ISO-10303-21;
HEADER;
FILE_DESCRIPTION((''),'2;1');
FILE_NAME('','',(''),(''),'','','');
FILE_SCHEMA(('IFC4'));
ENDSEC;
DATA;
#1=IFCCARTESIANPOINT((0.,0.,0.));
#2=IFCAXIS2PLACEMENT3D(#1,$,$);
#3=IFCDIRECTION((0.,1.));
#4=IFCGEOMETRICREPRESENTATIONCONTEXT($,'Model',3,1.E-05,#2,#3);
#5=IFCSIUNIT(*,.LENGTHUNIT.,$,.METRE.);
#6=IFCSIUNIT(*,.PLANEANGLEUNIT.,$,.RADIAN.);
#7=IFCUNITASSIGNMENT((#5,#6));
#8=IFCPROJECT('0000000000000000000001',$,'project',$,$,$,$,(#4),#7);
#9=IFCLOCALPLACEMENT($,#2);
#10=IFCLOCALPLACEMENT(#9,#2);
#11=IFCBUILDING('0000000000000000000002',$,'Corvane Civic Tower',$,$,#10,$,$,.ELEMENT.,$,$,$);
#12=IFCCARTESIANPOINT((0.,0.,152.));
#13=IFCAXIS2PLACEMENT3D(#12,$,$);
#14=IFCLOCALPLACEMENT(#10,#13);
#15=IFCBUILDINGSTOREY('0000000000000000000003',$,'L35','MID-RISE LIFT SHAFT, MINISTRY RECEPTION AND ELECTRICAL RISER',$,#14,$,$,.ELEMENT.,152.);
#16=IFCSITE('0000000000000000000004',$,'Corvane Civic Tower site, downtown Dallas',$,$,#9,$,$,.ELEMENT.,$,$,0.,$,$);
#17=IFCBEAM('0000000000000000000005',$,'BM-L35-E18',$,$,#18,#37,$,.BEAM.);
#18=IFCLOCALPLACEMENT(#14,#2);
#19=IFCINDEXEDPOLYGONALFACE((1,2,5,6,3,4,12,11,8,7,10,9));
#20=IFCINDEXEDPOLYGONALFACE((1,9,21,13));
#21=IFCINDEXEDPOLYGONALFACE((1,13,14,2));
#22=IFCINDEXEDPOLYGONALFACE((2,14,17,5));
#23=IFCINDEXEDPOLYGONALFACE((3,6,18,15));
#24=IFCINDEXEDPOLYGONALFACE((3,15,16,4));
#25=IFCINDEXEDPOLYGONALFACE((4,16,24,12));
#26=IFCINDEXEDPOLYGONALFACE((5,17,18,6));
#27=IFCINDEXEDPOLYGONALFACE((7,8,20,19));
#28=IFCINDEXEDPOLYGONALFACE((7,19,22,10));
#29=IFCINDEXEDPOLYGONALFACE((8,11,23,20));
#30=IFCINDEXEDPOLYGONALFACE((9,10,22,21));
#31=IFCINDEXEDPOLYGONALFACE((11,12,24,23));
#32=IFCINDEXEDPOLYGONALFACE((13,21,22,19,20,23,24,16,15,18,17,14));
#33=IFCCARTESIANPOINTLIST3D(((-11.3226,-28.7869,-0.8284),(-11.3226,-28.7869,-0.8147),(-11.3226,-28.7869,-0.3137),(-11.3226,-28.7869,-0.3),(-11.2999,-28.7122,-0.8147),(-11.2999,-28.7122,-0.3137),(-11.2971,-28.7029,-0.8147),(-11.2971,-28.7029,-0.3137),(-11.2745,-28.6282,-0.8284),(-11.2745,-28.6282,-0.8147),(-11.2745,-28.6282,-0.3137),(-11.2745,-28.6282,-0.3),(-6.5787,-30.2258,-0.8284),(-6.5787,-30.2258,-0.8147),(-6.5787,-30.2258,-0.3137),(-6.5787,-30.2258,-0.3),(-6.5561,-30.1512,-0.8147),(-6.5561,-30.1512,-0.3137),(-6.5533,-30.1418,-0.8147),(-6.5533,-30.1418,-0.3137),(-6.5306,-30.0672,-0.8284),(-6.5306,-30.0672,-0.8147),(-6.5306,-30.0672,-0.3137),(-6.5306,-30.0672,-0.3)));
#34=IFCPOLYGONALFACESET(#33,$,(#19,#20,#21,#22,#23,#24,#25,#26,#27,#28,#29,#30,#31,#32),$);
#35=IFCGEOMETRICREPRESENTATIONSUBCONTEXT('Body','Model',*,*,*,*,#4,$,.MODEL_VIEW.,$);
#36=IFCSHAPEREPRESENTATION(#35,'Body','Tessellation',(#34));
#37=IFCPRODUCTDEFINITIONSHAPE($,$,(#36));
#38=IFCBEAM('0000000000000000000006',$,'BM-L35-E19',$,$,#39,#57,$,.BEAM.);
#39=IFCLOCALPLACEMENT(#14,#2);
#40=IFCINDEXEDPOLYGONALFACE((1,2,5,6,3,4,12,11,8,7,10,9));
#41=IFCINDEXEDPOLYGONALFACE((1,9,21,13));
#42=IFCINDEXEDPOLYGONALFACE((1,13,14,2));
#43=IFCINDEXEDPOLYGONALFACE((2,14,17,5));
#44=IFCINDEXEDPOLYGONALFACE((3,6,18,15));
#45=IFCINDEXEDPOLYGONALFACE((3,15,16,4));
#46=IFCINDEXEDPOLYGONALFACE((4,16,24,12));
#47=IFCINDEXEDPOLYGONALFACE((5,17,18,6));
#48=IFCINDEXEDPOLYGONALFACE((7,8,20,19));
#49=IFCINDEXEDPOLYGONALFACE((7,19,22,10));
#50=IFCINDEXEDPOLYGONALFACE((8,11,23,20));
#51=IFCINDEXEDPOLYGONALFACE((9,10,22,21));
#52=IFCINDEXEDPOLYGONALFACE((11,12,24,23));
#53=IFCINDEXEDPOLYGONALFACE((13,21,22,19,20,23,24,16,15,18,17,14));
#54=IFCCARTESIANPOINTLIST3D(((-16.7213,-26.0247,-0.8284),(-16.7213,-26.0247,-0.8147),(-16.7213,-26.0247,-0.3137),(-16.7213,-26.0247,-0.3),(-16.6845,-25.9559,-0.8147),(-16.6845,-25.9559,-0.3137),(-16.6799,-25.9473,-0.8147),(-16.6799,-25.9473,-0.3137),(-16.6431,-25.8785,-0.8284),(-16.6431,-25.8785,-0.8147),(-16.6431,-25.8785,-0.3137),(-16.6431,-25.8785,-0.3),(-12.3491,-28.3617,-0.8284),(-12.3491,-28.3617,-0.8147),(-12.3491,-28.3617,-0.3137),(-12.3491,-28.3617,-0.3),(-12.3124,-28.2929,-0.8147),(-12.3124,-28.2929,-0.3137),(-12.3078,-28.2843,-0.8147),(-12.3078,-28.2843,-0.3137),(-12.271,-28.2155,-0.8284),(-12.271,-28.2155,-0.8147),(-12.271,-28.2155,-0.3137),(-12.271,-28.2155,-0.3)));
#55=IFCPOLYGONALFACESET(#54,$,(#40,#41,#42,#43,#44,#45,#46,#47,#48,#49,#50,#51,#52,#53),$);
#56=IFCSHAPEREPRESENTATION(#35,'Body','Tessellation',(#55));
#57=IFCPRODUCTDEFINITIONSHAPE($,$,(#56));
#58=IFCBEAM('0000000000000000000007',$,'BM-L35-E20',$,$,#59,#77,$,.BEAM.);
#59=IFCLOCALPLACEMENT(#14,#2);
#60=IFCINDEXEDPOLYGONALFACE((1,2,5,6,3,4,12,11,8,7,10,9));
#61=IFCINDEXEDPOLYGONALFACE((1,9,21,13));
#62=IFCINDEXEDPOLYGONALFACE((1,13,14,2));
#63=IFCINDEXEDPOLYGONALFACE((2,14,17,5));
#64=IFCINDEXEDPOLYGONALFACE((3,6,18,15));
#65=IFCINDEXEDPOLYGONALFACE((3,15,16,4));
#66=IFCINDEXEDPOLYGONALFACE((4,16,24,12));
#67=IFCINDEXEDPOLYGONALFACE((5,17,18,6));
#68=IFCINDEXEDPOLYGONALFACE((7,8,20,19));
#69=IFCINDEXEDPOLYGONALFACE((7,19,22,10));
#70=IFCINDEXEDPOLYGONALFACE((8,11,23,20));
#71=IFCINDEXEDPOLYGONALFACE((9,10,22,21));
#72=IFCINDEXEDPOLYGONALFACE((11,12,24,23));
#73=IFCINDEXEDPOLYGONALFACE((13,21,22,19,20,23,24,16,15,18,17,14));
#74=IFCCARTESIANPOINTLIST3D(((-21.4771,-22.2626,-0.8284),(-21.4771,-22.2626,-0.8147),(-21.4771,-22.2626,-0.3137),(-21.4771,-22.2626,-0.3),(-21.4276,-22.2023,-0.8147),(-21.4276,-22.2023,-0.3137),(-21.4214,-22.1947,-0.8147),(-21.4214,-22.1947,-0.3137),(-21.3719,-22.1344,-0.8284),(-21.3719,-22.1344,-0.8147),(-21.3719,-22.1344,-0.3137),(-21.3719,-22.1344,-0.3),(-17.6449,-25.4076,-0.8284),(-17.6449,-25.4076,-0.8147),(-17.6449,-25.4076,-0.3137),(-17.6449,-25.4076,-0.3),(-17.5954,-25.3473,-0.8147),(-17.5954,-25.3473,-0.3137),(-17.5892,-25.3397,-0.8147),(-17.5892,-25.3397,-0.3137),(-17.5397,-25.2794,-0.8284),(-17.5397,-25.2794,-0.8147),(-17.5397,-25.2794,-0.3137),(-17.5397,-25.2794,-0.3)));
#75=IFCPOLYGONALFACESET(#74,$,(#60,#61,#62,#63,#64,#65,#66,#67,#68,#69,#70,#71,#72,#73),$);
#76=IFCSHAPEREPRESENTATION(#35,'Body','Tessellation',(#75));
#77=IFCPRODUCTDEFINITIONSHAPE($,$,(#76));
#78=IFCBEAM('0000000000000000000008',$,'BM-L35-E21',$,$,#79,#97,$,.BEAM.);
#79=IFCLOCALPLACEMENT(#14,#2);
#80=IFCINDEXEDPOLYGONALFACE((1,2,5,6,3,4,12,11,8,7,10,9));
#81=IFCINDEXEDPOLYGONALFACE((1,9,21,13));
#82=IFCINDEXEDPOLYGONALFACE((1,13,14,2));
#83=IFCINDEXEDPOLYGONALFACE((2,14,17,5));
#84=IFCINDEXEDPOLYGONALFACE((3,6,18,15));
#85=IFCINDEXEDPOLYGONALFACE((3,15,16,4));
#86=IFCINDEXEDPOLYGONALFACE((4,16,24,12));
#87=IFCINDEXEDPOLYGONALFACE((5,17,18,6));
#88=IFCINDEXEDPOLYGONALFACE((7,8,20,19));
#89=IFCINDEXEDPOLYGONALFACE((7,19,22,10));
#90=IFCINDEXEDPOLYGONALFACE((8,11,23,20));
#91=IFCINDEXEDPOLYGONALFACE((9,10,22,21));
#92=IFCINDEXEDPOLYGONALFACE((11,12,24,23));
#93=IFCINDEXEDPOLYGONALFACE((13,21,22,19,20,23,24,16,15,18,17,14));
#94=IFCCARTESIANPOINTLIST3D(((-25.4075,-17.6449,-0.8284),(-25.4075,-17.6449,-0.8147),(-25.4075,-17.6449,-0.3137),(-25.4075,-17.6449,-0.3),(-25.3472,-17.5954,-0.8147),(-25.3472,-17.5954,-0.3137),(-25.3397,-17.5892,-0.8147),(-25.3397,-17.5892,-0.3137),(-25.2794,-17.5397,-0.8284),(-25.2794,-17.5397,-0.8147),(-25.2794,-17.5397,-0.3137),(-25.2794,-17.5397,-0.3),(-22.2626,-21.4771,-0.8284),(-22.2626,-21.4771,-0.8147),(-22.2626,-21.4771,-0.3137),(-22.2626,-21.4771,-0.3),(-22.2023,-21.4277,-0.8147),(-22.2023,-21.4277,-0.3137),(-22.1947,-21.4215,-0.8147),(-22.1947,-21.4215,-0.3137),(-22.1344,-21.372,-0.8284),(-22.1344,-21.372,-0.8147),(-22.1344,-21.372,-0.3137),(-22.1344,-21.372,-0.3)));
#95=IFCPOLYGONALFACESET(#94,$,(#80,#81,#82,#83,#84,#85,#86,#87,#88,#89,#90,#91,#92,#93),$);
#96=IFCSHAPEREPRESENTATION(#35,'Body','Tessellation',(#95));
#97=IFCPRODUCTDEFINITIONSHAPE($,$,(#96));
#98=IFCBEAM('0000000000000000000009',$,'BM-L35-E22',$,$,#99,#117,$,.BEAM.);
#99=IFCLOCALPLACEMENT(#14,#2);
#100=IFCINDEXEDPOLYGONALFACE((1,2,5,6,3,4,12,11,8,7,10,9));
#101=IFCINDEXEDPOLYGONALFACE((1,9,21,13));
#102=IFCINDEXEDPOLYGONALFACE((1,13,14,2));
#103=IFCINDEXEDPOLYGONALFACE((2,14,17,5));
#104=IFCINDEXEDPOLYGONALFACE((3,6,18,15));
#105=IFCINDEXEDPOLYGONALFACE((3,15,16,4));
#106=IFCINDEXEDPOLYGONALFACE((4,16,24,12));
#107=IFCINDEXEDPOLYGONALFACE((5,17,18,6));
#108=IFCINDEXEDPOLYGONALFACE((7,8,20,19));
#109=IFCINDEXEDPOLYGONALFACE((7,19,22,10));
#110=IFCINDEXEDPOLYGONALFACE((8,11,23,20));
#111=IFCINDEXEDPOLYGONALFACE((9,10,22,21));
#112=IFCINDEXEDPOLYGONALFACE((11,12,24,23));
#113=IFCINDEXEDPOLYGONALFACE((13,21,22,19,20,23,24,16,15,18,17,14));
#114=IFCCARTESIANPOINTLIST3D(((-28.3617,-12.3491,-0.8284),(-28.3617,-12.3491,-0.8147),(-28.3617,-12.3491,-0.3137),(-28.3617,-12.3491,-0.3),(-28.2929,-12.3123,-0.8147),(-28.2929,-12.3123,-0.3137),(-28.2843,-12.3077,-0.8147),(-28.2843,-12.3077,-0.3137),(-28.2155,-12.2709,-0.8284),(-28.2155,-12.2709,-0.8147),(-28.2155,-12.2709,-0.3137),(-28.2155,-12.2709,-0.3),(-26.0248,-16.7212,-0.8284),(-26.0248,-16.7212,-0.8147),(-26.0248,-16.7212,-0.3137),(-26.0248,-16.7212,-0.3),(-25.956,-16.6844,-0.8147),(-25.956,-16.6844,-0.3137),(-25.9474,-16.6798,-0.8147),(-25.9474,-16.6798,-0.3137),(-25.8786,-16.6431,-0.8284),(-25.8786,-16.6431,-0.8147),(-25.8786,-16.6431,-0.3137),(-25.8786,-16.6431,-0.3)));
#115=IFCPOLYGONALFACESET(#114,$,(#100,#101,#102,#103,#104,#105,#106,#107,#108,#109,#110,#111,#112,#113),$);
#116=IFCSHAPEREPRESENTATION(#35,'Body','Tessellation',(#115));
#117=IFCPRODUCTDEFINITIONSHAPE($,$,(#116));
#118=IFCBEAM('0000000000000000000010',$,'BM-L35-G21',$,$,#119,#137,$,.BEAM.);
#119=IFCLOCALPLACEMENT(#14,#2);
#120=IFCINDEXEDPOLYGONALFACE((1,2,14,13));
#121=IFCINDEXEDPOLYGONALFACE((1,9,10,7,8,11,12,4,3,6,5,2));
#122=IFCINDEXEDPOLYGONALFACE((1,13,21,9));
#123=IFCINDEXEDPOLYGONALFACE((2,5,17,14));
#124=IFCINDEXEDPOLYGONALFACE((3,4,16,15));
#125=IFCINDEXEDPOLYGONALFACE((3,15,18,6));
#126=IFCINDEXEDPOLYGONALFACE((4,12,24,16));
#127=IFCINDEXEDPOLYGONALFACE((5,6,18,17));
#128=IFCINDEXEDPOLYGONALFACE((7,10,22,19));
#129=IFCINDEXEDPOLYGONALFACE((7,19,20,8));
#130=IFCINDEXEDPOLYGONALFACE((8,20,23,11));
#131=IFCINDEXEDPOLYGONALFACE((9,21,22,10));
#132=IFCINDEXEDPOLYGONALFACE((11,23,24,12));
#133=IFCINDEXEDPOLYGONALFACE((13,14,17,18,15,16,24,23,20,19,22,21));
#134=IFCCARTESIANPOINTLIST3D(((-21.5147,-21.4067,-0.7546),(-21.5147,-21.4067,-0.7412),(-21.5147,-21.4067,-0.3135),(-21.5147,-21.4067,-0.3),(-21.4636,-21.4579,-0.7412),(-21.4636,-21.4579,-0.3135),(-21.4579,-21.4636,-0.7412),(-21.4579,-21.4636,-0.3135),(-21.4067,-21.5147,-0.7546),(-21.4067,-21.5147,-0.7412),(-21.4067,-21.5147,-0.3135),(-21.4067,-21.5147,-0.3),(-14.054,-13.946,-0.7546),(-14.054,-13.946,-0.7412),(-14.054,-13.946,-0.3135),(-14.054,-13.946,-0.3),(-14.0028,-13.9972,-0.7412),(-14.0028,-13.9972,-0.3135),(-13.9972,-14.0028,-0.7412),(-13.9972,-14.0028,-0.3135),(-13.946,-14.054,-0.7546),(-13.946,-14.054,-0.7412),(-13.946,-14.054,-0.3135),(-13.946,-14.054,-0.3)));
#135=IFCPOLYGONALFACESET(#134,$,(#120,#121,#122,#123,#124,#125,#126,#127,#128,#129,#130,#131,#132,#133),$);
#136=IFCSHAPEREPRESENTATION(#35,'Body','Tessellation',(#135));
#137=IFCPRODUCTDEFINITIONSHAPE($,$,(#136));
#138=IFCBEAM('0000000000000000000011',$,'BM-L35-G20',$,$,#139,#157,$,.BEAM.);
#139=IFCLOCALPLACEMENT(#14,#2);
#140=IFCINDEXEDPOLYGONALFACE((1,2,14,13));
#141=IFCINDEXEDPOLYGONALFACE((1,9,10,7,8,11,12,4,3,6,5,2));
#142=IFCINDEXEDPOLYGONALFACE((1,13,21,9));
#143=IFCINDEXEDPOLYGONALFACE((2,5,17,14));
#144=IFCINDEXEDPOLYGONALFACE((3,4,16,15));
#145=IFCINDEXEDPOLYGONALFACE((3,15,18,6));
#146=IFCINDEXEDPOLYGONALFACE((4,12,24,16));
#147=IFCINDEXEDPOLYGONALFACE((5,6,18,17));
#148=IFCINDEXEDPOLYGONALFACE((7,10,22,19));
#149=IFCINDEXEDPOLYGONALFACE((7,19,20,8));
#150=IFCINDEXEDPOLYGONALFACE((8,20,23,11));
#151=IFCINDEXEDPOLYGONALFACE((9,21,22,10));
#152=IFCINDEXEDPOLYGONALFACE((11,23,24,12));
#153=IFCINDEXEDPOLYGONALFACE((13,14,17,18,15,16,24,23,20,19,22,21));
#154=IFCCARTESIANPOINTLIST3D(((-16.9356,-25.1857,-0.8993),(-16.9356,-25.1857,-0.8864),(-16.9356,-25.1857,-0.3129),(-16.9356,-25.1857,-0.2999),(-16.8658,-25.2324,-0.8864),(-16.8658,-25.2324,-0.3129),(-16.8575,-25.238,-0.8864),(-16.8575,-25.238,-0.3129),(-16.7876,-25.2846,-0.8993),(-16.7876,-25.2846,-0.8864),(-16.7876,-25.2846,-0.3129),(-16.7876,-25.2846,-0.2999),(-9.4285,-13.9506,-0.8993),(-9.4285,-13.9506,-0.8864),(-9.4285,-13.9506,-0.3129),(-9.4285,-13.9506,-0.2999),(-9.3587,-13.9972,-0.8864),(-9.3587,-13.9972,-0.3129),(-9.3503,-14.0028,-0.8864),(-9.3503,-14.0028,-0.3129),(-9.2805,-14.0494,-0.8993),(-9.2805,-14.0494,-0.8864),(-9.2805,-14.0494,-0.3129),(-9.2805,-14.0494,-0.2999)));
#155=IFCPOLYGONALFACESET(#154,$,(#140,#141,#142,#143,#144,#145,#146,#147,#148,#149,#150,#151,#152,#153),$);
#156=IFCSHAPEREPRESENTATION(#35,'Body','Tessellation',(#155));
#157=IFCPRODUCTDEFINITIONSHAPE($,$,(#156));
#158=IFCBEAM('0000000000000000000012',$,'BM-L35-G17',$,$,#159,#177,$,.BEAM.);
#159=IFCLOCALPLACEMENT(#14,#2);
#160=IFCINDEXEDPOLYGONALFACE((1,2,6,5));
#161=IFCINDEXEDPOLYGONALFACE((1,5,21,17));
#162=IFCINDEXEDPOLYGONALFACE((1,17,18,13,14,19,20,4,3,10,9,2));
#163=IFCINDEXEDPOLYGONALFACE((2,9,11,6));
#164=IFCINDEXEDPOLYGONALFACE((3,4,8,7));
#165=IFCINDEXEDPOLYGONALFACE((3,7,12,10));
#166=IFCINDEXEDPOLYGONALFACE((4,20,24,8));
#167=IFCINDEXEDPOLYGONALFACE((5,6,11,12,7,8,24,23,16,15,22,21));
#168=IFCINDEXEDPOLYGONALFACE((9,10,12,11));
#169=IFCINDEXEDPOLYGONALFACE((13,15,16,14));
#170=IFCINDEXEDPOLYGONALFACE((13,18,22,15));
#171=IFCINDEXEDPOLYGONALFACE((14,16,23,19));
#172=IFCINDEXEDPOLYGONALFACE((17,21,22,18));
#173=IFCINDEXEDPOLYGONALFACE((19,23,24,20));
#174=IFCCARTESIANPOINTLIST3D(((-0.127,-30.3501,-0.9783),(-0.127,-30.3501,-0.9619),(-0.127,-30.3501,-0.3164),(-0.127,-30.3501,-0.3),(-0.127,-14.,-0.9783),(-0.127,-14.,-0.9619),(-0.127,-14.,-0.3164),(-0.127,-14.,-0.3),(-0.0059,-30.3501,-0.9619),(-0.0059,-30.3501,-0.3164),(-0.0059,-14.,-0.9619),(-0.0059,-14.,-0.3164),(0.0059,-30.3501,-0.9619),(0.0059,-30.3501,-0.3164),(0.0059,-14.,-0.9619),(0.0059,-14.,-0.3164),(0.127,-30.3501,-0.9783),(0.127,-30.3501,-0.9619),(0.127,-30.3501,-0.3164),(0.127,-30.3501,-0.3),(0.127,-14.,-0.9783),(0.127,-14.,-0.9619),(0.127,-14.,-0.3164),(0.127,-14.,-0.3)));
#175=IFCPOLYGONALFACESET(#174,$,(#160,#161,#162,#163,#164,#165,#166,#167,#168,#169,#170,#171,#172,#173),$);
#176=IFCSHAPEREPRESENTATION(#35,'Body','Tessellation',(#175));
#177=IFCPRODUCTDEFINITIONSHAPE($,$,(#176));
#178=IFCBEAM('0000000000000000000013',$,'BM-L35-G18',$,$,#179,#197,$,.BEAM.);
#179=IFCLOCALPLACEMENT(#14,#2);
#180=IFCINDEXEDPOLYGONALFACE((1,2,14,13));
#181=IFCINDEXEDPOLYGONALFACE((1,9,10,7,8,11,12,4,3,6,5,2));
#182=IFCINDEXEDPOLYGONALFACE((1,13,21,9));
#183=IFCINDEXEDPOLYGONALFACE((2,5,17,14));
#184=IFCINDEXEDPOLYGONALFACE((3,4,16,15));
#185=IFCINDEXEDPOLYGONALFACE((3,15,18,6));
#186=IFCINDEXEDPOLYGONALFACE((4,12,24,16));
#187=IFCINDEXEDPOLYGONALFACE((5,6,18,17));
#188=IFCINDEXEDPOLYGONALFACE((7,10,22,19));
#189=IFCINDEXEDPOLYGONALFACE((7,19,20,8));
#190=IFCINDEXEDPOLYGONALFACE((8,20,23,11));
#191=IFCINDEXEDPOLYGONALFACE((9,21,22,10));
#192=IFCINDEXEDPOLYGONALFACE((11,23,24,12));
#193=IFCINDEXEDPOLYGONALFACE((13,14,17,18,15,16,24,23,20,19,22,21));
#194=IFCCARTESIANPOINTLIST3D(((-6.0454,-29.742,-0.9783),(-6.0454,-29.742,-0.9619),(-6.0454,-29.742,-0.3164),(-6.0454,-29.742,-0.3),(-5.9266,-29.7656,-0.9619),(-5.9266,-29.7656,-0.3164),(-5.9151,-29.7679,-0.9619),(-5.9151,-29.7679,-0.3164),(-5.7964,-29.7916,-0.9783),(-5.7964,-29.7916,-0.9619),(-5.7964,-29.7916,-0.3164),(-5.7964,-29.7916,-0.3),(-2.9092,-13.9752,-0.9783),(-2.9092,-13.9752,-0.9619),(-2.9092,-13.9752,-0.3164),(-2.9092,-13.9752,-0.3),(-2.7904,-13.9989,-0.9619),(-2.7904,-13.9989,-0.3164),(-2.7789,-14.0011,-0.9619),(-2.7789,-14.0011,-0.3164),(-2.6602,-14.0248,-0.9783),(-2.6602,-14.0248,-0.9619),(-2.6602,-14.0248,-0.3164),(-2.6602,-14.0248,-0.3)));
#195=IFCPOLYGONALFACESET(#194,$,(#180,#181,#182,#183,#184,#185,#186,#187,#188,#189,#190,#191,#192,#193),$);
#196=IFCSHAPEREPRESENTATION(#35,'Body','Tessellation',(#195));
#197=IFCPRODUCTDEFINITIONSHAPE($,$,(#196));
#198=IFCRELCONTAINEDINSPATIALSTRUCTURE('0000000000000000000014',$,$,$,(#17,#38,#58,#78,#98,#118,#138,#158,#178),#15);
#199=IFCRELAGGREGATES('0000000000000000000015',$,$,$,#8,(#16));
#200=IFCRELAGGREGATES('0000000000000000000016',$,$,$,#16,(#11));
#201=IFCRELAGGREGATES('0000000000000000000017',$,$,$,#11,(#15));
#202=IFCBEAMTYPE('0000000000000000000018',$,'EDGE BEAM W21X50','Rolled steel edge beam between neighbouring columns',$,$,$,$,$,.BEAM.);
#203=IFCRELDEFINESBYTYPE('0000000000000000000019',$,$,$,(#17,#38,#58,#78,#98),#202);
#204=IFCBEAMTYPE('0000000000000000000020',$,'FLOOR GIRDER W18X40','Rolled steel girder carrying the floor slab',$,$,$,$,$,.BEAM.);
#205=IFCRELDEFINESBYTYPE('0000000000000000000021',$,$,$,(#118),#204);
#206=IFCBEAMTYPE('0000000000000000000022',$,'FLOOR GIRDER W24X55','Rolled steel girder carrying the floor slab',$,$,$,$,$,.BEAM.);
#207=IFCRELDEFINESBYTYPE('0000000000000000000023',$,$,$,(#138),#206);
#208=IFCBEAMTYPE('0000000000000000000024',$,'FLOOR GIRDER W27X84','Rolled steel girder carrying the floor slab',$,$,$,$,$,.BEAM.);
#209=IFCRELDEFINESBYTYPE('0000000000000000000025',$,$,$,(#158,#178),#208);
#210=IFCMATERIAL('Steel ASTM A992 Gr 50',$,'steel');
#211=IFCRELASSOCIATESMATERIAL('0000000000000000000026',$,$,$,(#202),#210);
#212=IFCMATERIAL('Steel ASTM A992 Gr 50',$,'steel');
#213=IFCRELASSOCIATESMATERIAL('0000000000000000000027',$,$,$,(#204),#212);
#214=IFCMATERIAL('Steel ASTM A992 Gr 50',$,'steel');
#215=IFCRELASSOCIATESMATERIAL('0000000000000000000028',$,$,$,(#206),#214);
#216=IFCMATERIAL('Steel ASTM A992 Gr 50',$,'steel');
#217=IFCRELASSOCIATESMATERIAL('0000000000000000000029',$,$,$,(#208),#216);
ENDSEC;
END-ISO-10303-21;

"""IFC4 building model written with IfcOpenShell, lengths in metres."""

from ifc_helpers import new_model, si_unit, direction, frame, origin, origin_2d, place, context, subcontext, project, spatial, i_section, extrude, material, material_profile, profile_set, type_object, element, save


model = new_model("IFC4")

# Units and contexts
model_context = context("Model", 3, precision=1e-05, world=origin(), true_north=direction((0.0, 1.0)))
body_context = subcontext(model_context, "Body", "Model", "MODEL_VIEW")
ifc_project = project(units=[si_unit("LENGTHUNIT", "METRE"), si_unit("PLANEANGLEUNIT", "RADIAN")], contexts=[model_context])

# Site, building, storey
site_placement = place(None, origin())
site = spatial("IfcSite", under=ifc_project, at=site_placement, Name="Corvane Civic Tower site, downtown Dallas", CompositionType="ELEMENT", RefElevation=0.0)
building_placement = place(site_placement, origin())
building = spatial("IfcBuilding", under=site, at=building_placement, Name="Corvane Civic Tower", CompositionType="ELEMENT")
storey_placement = place(building_placement, frame((0.0, 0.0, 152.0)))
storey = spatial("IfcBuildingStorey", under=building, at=storey_placement, Name="L35", Description="MID-RISE LIFT SHAFT, MINISTRY RECEPTION AND ELECTRICAL RISER", CompositionType="ELEMENT", Elevation=152.0)

# Beams
ifc_material_1 = material(Name="Steel ASTM A992 Gr 50", Category="steel")
ifc_material_profile_1 = material_profile(ifc_material_1, i_section(OverallWidth=0.1658, OverallDepth=0.5283, WebThickness=0.0098, FlangeThickness=0.0137, at=origin_2d()), Name="W21X50")
ifc_profile_set_1 = profile_set([ifc_material_profile_1], Name="Steel ASTM A992 Gr 50")
beam_type_1 = type_object("IfcBeamType", Name="EDGE BEAM W21X50", Description="Rolled steel edge beam between neighbouring columns", PredefinedType="BEAM", material=ifc_profile_set_1)
beam_1_placement = place(storey_placement, frame((-6.5547, -30.1465, -0.5642), z_axis=(-0.956945, 0.29027, 0.0), x_axis=(-0.29027, -0.956945, 0.0)))
element("IfcBeam", 1, at=beam_1_placement, inside=storey, type_object=beam_type_1, Name="BM-L35-E18", PredefinedType="BEAM", context=body_context, shape_type="SweptSolid", body=[
    extrude(i_section(OverallWidth=0.1658, OverallDepth=0.5283, WebThickness=0.0098, FlangeThickness=0.0137, at=origin_2d()), origin(), (0.0, 0.0, 1.0), 4.9573),
])
for number, where, z_axis, x_axis, name in (
    (2, (-12.3101, -28.2886, -0.5642), (-0.881922, 0.471396, 0.0), (-0.471396, -0.881922, 0.0), "BM-L35-E19"),
    (3, (-17.5923, -25.3435, -0.5642), (-0.773015, 0.634388, 0.0), (-0.634388, -0.773015, 0.0), "BM-L35-E20"),
    (4, (-22.1985, -21.4246, -0.5642), (-0.634388, 0.773015, 0.0), (-0.773015, -0.634388, 0.0), "BM-L35-E21"),
    (5, (-25.9517, -16.6821, -0.5642), (-0.471396, 0.881922, 0.0), (-0.881922, -0.471396, 0.0), "BM-L35-E22"),
):
    element("IfcBeam", number, at=place(storey_placement, frame(where, z_axis=z_axis, x_axis=x_axis)), inside=storey, type_object=beam_type_1, Name=name, PredefinedType="BEAM", context=body_context, shape_type="SweptSolid", body=[
        extrude(i_section(OverallWidth=0.1658, OverallDepth=0.5283, WebThickness=0.0098, FlangeThickness=0.0137, at=origin_2d()), origin(), (0.0, 0.0, 1.0), 4.9575),
    ])
ifc_material_2 = material(Name="Steel ASTM A992 Gr 50", Category="steel")
ifc_material_profile_2 = material_profile(ifc_material_2, i_section(OverallWidth=0.1528, OverallDepth=0.4546, WebThickness=0.0081, FlangeThickness=0.0134, at=origin_2d()), Name="W18X40")
ifc_profile_set_2 = profile_set([ifc_material_profile_2], Name="Steel ASTM A992 Gr 50")
beam_type_2 = type_object("IfcBeamType", Name="FLOOR GIRDER W18X40", Description="Rolled steel girder carrying the floor slab", PredefinedType="BEAM", material=ifc_profile_set_2)
beam_2_placement = place(storey_placement, frame((-14.0, -14.0, -0.5273), z_axis=(-0.707107, -0.707107, 0.0), x_axis=(0.707107, -0.707107, 0.0)))
element("IfcBeam", 6, at=beam_2_placement, inside=storey, type_object=beam_type_2, Name="BM-L35-G21", PredefinedType="BEAM", context=body_context, shape_type="SweptSolid", body=[
    extrude(i_section(OverallWidth=0.1528, OverallDepth=0.4546, WebThickness=0.0081, FlangeThickness=0.0134, at=origin_2d()), origin(), (0.0, 0.0, 1.0), 10.551),
])
ifc_material_3 = material(Name="Steel ASTM A992 Gr 50", Category="steel")
ifc_material_profile_3 = material_profile(ifc_material_3, i_section(OverallWidth=0.178, OverallDepth=0.5994, WebThickness=0.01, FlangeThickness=0.0129, at=origin_2d()), Name="W24X55")
ifc_profile_set_3 = profile_set([ifc_material_profile_3], Name="Steel ASTM A992 Gr 50")
beam_type_3 = type_object("IfcBeamType", Name="FLOOR GIRDER W24X55", Description="Rolled steel girder carrying the floor slab", PredefinedType="BEAM", material=ifc_profile_set_3)
beam_3_placement = place(storey_placement, frame((-9.3545, -14.0, -0.5996), z_axis=(-0.555571, -0.831469, 0.0), x_axis=(0.831469, -0.555571, 0.0)))
element("IfcBeam", 7, at=beam_3_placement, inside=storey, type_object=beam_type_3, Name="BM-L35-G20", PredefinedType="BEAM", context=body_context, shape_type="SweptSolid", body=[
    extrude(i_section(OverallWidth=0.178, OverallDepth=0.5994, WebThickness=0.01, FlangeThickness=0.0129, at=origin_2d()), origin(), (0.0, 0.0, 1.0), 13.5125),
])
ifc_material_4 = material(Name="Steel ASTM A992 Gr 50", Category="steel")
ifc_material_profile_4 = material_profile(ifc_material_4, i_section(OverallWidth=0.2539, OverallDepth=0.6782, WebThickness=0.0117, FlangeThickness=0.0164, at=origin_2d()), Name="W27X84")
ifc_profile_set_4 = profile_set([ifc_material_profile_4], Name="Steel ASTM A992 Gr 50")
beam_type_4 = type_object("IfcBeamType", Name="FLOOR GIRDER W27X84", Description="Rolled steel girder carrying the floor slab", PredefinedType="BEAM", material=ifc_profile_set_4)
beam_4_placement = place(storey_placement, frame((0.0, -14.0, -0.6392), z_axis=(0.0, -1.0, 0.0), x_axis=(1.0, 0.0, 0.0)))
element("IfcBeam", 8, at=beam_4_placement, inside=storey, type_object=beam_type_4, Name="BM-L35-G17", PredefinedType="BEAM", context=body_context, shape_type="SweptSolid", body=[
    extrude(i_section(OverallWidth=0.2539, OverallDepth=0.6782, WebThickness=0.0117, FlangeThickness=0.0164, at=origin_2d()), origin(), (0.0, 0.0, 1.0), 16.3501),
])
beam_5_placement = place(storey_placement, frame((-2.7847, -14.0, -0.6392), z_axis=(-0.195091, -0.980785, 0.0), x_axis=(0.980785, -0.195091, 0.0)))
element("IfcBeam", 9, at=beam_5_placement, inside=storey, type_object=beam_type_4, Name="BM-L35-G18", PredefinedType="BEAM", context=body_context, shape_type="SweptSolid", body=[
    extrude(i_section(OverallWidth=0.2539, OverallDepth=0.6782, WebThickness=0.0117, FlangeThickness=0.0164, at=origin_2d()), origin(), (0.0, 0.0, 1.0), 16.0757),
])

save(model, "model.ifc")
